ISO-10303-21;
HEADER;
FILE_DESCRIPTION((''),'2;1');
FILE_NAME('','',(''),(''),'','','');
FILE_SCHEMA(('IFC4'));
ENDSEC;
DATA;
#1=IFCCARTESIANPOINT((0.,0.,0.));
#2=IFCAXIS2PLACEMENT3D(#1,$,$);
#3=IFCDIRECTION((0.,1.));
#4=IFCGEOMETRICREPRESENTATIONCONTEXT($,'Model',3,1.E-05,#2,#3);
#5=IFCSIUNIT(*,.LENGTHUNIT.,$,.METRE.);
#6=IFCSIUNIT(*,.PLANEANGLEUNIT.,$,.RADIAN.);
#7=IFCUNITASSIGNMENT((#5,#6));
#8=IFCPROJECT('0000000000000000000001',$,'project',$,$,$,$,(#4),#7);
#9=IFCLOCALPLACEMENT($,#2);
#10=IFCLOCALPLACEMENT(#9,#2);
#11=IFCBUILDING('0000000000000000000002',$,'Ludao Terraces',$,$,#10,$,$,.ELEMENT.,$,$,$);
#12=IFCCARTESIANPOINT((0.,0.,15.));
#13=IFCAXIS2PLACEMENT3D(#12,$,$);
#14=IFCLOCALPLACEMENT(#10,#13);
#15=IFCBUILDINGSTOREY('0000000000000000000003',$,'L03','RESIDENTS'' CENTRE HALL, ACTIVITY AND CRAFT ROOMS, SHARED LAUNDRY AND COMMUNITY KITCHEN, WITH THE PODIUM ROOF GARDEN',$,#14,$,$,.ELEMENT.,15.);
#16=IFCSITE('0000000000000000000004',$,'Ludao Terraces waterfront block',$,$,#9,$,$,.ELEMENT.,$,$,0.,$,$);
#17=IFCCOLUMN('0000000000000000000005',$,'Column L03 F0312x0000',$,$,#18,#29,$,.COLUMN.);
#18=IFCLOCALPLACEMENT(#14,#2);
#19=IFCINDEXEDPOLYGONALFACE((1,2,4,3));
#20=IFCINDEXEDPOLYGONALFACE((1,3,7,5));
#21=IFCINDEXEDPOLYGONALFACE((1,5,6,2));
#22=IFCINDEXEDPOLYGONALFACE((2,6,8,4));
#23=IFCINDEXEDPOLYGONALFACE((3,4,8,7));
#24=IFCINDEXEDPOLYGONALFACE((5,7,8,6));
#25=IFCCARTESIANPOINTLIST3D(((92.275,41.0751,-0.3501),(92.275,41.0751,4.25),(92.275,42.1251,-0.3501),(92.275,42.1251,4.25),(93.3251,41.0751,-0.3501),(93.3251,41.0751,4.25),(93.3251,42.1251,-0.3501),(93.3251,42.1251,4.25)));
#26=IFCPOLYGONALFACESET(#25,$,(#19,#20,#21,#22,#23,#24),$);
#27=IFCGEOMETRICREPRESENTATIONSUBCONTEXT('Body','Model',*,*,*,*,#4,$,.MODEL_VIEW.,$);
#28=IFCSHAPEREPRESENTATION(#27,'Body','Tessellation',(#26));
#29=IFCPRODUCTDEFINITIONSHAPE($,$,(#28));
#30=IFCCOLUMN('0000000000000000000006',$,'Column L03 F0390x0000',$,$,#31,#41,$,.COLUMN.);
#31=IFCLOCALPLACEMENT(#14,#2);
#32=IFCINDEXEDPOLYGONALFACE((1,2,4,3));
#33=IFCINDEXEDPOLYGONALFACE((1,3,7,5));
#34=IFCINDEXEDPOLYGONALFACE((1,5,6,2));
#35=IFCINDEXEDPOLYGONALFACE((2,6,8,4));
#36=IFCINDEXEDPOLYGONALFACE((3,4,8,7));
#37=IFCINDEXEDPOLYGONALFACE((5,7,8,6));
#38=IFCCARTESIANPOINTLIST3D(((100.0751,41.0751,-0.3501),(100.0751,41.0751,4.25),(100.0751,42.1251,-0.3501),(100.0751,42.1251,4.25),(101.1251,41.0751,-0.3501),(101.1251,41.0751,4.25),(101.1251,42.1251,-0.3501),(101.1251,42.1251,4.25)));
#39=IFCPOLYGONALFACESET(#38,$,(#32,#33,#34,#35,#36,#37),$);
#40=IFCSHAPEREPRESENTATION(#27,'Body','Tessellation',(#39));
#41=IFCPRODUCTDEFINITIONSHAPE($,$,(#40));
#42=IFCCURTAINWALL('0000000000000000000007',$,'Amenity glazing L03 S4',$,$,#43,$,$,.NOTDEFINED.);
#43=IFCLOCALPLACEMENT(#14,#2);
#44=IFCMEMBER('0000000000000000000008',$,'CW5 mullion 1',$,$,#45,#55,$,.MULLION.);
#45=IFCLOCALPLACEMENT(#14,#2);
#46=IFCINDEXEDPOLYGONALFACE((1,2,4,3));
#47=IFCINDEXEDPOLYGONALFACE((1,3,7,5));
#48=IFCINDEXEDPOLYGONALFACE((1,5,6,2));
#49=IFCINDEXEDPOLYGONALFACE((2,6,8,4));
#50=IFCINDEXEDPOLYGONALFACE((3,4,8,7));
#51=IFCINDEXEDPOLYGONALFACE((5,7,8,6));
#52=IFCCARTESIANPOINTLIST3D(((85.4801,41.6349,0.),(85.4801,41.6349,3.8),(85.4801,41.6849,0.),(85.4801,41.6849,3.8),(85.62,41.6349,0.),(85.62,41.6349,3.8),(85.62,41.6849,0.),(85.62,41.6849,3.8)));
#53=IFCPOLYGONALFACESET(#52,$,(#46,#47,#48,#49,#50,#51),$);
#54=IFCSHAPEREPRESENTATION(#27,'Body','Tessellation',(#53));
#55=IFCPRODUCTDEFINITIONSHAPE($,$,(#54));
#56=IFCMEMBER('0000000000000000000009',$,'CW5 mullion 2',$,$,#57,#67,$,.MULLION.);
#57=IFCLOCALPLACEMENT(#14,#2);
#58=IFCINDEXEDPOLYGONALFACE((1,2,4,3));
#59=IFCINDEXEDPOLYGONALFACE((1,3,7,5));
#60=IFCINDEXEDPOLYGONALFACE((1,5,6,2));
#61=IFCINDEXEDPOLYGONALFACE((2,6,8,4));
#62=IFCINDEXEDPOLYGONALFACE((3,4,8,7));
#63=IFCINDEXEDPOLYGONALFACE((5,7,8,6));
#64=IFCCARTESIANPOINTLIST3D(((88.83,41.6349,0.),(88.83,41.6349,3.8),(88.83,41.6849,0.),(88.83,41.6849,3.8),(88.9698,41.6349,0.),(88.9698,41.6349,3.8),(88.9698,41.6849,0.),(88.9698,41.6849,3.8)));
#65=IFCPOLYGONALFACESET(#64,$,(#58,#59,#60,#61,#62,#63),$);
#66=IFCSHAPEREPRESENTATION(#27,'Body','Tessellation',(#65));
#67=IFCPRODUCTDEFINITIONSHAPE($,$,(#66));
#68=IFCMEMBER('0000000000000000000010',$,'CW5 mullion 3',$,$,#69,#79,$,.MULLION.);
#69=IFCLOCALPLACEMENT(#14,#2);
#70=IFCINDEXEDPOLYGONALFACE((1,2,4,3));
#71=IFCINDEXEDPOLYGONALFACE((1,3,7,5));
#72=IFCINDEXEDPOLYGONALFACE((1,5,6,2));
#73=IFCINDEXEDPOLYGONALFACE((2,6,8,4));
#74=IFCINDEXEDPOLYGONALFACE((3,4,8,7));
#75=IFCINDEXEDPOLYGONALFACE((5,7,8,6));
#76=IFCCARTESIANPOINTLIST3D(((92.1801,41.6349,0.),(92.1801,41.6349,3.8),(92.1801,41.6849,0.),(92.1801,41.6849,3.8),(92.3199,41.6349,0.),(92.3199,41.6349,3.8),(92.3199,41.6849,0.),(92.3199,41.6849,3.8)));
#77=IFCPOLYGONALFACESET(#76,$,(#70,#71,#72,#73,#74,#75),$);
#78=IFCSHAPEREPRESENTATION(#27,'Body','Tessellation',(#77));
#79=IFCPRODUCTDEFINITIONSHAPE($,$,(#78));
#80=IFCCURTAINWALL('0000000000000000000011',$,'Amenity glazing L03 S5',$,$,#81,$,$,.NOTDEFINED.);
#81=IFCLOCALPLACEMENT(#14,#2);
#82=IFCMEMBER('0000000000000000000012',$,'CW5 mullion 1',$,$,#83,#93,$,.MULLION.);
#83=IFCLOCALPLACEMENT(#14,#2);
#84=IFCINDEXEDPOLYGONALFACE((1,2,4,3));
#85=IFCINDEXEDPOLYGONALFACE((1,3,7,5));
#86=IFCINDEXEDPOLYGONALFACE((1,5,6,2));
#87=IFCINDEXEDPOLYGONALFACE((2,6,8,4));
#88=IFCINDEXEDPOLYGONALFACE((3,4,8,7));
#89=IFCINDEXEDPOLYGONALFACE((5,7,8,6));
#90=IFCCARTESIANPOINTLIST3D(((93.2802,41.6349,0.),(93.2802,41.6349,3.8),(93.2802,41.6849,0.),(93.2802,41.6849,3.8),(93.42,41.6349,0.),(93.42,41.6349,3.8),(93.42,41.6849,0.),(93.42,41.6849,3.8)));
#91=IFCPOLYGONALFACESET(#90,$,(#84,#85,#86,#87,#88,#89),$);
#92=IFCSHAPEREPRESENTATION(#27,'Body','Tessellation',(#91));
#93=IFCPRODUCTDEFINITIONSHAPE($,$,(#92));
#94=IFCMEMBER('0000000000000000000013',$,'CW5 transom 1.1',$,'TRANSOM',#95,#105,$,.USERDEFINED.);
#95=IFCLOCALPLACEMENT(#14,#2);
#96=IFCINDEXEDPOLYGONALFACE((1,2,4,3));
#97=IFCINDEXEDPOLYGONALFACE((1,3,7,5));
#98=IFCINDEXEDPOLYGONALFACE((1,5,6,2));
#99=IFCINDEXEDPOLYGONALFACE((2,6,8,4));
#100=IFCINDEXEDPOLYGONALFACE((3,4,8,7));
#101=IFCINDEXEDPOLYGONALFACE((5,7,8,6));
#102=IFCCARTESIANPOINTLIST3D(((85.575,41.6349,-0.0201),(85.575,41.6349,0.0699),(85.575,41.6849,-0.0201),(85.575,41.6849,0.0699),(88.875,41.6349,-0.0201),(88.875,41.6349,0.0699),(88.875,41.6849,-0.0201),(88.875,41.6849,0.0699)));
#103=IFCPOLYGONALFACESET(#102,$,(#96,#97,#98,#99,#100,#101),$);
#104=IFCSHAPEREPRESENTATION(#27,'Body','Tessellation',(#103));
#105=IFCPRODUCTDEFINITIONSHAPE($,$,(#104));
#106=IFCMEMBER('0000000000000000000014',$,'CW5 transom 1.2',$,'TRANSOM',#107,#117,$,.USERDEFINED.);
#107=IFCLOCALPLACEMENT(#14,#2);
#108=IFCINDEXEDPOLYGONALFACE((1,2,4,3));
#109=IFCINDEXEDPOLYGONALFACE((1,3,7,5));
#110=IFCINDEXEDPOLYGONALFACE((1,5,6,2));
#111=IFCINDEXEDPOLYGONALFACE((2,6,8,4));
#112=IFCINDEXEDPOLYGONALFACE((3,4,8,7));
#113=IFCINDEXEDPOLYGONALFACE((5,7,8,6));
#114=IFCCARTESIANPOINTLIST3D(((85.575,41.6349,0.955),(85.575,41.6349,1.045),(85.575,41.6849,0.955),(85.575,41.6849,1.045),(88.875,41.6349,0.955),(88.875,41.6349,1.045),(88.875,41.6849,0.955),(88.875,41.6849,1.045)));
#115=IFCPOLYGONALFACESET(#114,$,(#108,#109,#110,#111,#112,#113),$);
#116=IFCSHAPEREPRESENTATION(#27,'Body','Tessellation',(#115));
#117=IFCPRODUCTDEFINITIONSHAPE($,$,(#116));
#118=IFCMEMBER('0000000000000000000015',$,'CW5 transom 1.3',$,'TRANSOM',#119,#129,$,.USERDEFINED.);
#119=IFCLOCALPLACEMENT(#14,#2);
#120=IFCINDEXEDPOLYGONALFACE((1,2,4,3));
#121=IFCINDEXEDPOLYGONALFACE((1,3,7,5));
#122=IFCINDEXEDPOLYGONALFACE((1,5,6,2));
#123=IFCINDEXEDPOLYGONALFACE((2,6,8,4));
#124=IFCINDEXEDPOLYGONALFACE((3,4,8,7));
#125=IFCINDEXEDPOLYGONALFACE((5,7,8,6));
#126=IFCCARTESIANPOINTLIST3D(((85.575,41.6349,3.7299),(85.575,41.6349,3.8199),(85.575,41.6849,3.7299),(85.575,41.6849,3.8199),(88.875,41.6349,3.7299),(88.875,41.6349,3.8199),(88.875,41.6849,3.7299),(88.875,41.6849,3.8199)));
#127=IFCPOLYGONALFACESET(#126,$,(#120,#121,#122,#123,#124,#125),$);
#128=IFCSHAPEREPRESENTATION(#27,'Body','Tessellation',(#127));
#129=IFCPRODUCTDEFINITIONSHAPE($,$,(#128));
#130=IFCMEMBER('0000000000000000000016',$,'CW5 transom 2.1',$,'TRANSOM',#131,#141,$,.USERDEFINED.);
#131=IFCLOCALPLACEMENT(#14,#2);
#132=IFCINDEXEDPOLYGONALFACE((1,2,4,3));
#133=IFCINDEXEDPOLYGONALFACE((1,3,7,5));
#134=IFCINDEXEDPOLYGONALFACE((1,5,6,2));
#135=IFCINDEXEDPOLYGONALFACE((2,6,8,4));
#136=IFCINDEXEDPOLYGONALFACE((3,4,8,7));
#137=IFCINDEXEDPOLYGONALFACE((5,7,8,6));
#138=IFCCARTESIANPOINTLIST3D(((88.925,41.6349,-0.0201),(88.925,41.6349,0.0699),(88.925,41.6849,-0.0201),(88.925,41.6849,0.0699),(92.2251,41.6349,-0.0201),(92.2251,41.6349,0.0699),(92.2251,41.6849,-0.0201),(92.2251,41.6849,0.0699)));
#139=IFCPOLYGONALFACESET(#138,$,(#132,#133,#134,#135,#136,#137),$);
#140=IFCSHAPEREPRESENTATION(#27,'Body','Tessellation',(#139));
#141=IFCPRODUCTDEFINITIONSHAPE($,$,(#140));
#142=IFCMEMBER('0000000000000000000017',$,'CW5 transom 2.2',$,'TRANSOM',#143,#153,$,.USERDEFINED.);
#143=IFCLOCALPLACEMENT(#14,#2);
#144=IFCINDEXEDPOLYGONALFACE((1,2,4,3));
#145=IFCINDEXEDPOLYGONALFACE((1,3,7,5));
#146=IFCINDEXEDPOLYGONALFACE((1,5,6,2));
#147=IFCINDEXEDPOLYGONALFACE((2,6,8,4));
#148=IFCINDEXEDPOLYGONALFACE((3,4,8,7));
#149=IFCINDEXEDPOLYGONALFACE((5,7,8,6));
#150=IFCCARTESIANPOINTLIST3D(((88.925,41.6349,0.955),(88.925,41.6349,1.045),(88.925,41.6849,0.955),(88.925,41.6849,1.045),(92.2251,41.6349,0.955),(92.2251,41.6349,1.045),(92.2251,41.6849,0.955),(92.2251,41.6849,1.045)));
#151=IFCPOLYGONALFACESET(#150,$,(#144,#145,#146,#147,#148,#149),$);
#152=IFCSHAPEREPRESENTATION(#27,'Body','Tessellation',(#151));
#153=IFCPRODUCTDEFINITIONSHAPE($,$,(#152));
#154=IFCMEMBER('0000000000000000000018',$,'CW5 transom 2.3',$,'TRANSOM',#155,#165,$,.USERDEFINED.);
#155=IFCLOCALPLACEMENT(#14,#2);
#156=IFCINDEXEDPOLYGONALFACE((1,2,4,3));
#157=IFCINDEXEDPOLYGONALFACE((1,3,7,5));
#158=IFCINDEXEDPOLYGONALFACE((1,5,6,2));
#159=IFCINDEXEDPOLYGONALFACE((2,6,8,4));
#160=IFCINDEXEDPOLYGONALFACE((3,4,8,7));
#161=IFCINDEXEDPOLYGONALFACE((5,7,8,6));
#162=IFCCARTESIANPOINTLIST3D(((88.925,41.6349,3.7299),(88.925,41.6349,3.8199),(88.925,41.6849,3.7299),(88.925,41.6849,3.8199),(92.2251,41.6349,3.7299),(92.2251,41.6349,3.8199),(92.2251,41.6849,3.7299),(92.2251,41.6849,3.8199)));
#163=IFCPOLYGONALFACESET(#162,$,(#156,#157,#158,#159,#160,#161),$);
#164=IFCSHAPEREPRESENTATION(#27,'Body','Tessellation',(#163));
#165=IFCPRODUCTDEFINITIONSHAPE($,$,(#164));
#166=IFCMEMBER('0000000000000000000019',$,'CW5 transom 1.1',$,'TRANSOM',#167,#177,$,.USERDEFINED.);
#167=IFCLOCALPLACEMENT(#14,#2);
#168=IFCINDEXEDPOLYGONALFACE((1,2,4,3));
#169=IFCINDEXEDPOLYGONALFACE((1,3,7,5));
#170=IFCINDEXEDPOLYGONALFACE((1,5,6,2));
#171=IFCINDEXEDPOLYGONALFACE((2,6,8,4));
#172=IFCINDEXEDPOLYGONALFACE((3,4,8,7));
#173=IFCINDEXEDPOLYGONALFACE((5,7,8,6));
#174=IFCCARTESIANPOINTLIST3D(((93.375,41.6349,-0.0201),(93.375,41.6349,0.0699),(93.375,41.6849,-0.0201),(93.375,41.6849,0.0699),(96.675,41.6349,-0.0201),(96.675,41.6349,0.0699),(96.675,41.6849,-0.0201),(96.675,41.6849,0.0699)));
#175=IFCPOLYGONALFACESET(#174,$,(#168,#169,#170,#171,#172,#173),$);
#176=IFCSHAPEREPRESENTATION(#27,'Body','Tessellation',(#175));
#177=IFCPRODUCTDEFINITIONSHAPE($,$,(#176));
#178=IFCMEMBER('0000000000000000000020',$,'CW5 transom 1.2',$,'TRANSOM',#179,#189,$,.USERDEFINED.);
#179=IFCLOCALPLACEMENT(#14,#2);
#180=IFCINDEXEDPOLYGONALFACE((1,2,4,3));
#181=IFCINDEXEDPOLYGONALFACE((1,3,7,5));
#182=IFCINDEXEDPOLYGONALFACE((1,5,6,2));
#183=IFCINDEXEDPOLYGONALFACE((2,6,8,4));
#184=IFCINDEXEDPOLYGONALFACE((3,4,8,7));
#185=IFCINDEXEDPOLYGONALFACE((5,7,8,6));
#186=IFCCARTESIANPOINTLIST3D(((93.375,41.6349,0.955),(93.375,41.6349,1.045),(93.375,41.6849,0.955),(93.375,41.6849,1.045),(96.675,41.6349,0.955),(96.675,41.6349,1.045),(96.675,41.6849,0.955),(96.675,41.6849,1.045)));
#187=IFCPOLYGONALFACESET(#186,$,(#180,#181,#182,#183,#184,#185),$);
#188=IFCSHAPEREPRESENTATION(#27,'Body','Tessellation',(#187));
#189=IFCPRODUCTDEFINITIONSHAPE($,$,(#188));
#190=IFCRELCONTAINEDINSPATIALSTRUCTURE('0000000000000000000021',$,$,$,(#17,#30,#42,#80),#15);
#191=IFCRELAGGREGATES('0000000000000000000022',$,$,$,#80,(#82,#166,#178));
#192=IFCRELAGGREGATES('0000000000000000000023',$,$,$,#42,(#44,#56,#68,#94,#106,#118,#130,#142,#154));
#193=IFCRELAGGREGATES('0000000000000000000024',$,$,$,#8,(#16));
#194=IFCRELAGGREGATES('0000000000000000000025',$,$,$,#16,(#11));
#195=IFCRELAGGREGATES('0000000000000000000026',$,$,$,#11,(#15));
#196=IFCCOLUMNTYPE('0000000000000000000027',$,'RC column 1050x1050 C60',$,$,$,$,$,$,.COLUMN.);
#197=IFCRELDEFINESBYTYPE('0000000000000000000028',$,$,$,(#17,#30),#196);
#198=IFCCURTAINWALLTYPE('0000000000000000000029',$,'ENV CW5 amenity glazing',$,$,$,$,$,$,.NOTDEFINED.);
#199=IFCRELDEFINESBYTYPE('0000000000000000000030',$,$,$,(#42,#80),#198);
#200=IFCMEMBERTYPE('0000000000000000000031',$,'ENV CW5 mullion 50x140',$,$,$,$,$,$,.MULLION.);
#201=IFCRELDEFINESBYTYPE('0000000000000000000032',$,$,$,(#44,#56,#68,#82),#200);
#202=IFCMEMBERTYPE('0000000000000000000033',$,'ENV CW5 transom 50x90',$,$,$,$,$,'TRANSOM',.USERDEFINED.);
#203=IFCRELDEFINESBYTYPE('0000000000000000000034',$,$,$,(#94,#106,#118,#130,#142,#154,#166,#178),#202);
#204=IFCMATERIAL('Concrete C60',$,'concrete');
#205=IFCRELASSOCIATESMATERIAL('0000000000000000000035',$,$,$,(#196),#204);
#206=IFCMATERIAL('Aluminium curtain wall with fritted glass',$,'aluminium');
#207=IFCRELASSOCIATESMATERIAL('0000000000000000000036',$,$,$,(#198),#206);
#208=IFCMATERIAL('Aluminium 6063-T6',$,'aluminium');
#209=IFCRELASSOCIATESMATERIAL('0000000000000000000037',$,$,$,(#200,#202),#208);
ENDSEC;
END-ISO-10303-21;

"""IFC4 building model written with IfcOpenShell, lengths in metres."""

from ifc_helpers import new_model, si_unit, direction, frame, origin, origin_2d, place, context, subcontext, project, spatial, rectangle, extrude, material, material_profile, profile_set, type_object, element, aggregate, save


model = new_model("IFC4")

# Units and contexts
model_context = context("Model", 3, precision=1e-05, world=origin(), true_north=direction((0.0, 1.0)))
body_context = subcontext(model_context, "Body", "Model", "MODEL_VIEW")
ifc_project = project(units=[si_unit("LENGTHUNIT", "METRE"), si_unit("PLANEANGLEUNIT", "RADIAN")], contexts=[model_context])

# Site, building, storey
site_placement = place(None, origin())
site = spatial("IfcSite", under=ifc_project, at=site_placement, Name="Ludao Terraces waterfront block", CompositionType="ELEMENT", RefElevation=0.0)
building_placement = place(site_placement, origin())
building = spatial("IfcBuilding", under=site, at=building_placement, Name="Ludao Terraces", CompositionType="ELEMENT")
storey_placement = place(building_placement, frame((0.0, 0.0, 15.0)))
storey = spatial("IfcBuildingStorey", under=building, at=storey_placement, Name="L03", Description="RESIDENTS' CENTRE HALL, ACTIVITY AND CRAFT ROOMS, SHARED LAUNDRY AND COMMUNITY KITCHEN, WITH THE PODIUM ROOF GARDEN", CompositionType="ELEMENT", Elevation=15.0)

# Columns
ifc_material_1 = material(Name="Concrete C60", Category="concrete")
ifc_material_profile_1 = material_profile(ifc_material_1, rectangle(XDim=1.05, YDim=1.05, at=origin_2d()), Name="1050 X 1050")
ifc_profile_set_1 = profile_set([ifc_material_profile_1], Name="Concrete C60")
column_type = type_object("IfcColumnType", Name="RC column 1050x1050 C60", PredefinedType="COLUMN", material=ifc_profile_set_1)
for number, where, z_axis, x_axis, name in (
    (1, (92.8, 41.6001, -0.3501), (0.0, 0.0, 1.0), (1.0, 0.0, 0.0), "Column L03 F0312x0000"),
    (2, (100.6001, 41.6001, -0.3501), (0.0, 0.0, 1.0), (1.0, 0.0, 0.0), "Column L03 F0390x0000"),
):
    element("IfcColumn", number, at=place(storey_placement, frame(where, z_axis=z_axis, x_axis=x_axis)), inside=storey, type_object=column_type, Name=name, PredefinedType="COLUMN", context=body_context, shape_type="SweptSolid", body=[
        extrude(rectangle(XDim=1.05, YDim=1.05, at=origin_2d()), origin(), (0.0, 0.0, 1.0), 4.6001),
    ])

# Curtain wall, members
ifc_material_2 = material(Name="Aluminium curtain wall with fritted glass", Category="aluminium")
curtain_wall_type = type_object("IfcCurtainWallType", Name="ENV CW5 amenity glazing", PredefinedType="NOTDEFINED", material=ifc_material_2)
curtain_wall_1_placement = place(storey_placement, origin())
curtain_wall_1 = element("IfcCurtainWall", 3, at=curtain_wall_1_placement, inside=storey, type_object=curtain_wall_type, Name="Amenity glazing L03 S4", PredefinedType="NOTDEFINED")
ifc_material_3 = material(Name="Aluminium 6063-T6", Category="aluminium")
ifc_material_profile_2 = material_profile(ifc_material_3, rectangle(XDim=0.05, YDim=0.1399, at=origin_2d()), Name="50 X 140")
ifc_profile_set_2 = profile_set([ifc_material_profile_2], Name="Aluminium 6063-T6")
member_type_1 = type_object("IfcMemberType", Name="ENV CW5 mullion 50x140", PredefinedType="MULLION", material=ifc_profile_set_2)
member_1_placement = place(storey_placement, frame((85.55, 41.6599, 0.0), z_axis=(0.0, 0.0, 1.0), x_axis=(0.0, 1.0, 0.0)))
member_1 = element("IfcMember", 4, at=member_1_placement, type_object=member_type_1, Name="CW5 mullion 1", PredefinedType="MULLION", context=body_context, shape_type="SweptSolid", body=[
    extrude(rectangle(XDim=0.05, YDim=0.1399, at=origin_2d()), origin(), (0.0, 0.0, 1.0), 3.8),
])
member_2_placement = place(storey_placement, frame((88.8999, 41.6599, 0.0), z_axis=(0.0, 0.0, 1.0), x_axis=(0.0, 1.0, 0.0)))
member_2 = element("IfcMember", 5, at=member_2_placement, type_object=member_type_1, Name="CW5 mullion 2", PredefinedType="MULLION", context=body_context, shape_type="SweptSolid", body=[
    extrude(rectangle(XDim=0.05, YDim=0.1399, at=origin_2d()), origin(), (0.0, 0.0, 1.0), 3.8),
])
member_3_placement = place(storey_placement, frame((92.25, 41.6599, 0.0), z_axis=(0.0, 0.0, 1.0), x_axis=(0.0, 1.0, 0.0)))
member_3 = element("IfcMember", 6, at=member_3_placement, type_object=member_type_1, Name="CW5 mullion 3", PredefinedType="MULLION", context=body_context, shape_type="SweptSolid", body=[
    extrude(rectangle(XDim=0.05, YDim=0.1399, at=origin_2d()), origin(), (0.0, 0.0, 1.0), 3.8),
])

# Curtain wall, member
curtain_wall_2_placement = place(storey_placement, origin())
curtain_wall_2 = element("IfcCurtainWall", 7, at=curtain_wall_2_placement, inside=storey, type_object=curtain_wall_type, Name="Amenity glazing L03 S5", PredefinedType="NOTDEFINED")
member_4_placement = place(storey_placement, frame((93.3501, 41.6599, 0.0), z_axis=(0.0, 0.0, 1.0), x_axis=(0.0, 1.0, 0.0)))
member_4 = element("IfcMember", 8, at=member_4_placement, type_object=member_type_1, Name="CW5 mullion 1", PredefinedType="MULLION", context=body_context, shape_type="SweptSolid", body=[
    extrude(rectangle(XDim=0.05, YDim=0.1399, at=origin_2d()), origin(), (0.0, 0.0, 1.0), 3.8),
])

# Members
ifc_material_profile_3 = material_profile(ifc_material_3, rectangle(XDim=0.05, YDim=0.0901, at=origin_2d()), Name="50 X 90")
ifc_profile_set_3 = profile_set([ifc_material_profile_3], Name="Aluminium 6063-T6")
member_type_2 = type_object("IfcMemberType", Name="ENV CW5 transom 50x90", ElementType="TRANSOM", PredefinedType="USERDEFINED", material=ifc_profile_set_3)
member_5_placement = place(storey_placement, frame((85.575, 41.6599, 0.0249), z_axis=(1.0, 0.0, 0.0), x_axis=(0.0, 1.0, 0.0)))
member_5 = element("IfcMember", 9, at=member_5_placement, type_object=member_type_2, Name="CW5 transom 1.1", ObjectType="TRANSOM", PredefinedType="USERDEFINED", context=body_context, shape_type="SweptSolid", body=[
    extrude(rectangle(XDim=0.05, YDim=0.0901, at=origin_2d()), origin(), (0.0, 0.0, 1.0), 3.3),
])
member_6_placement = place(storey_placement, frame((85.575, 41.6599, 1.0), z_axis=(1.0, 0.0, 0.0), x_axis=(0.0, 1.0, 0.0)))
member_6 = element("IfcMember", 10, at=member_6_placement, type_object=member_type_2, Name="CW5 transom 1.2", ObjectType="TRANSOM", PredefinedType="USERDEFINED", context=body_context, shape_type="SweptSolid", body=[
    extrude(rectangle(XDim=0.05, YDim=0.0901, at=origin_2d()), origin(), (0.0, 0.0, 1.0), 3.3),
])
member_7_placement = place(storey_placement, frame((85.575, 41.6599, 3.7749), z_axis=(1.0, 0.0, 0.0), x_axis=(0.0, 1.0, 0.0)))
member_7 = element("IfcMember", 11, at=member_7_placement, type_object=member_type_2, Name="CW5 transom 1.3", ObjectType="TRANSOM", PredefinedType="USERDEFINED", context=body_context, shape_type="SweptSolid", body=[
    extrude(rectangle(XDim=0.05, YDim=0.0901, at=origin_2d()), origin(), (0.0, 0.0, 1.0), 3.3),
])
member_8_placement = place(storey_placement, frame((88.925, 41.6599, 0.0249), z_axis=(1.0, 0.0, 0.0), x_axis=(0.0, 1.0, 0.0)))
member_8 = element("IfcMember", 12, at=member_8_placement, type_object=member_type_2, Name="CW5 transom 2.1", ObjectType="TRANSOM", PredefinedType="USERDEFINED", context=body_context, shape_type="SweptSolid", body=[
    extrude(rectangle(XDim=0.05, YDim=0.0901, at=origin_2d()), origin(), (0.0, 0.0, 1.0), 3.3),
])
member_9_placement = place(storey_placement, frame((88.925, 41.6599, 1.0), z_axis=(1.0, 0.0, 0.0), x_axis=(0.0, 1.0, 0.0)))
member_9 = element("IfcMember", 13, at=member_9_placement, type_object=member_type_2, Name="CW5 transom 2.2", ObjectType="TRANSOM", PredefinedType="USERDEFINED", context=body_context, shape_type="SweptSolid", body=[
    extrude(rectangle(XDim=0.05, YDim=0.0901, at=origin_2d()), origin(), (0.0, 0.0, 1.0), 3.3),
])
member_10_placement = place(storey_placement, frame((88.925, 41.6599, 3.7749), z_axis=(1.0, 0.0, 0.0), x_axis=(0.0, 1.0, 0.0)))
member_10 = element("IfcMember", 14, at=member_10_placement, type_object=member_type_2, Name="CW5 transom 2.3", ObjectType="TRANSOM", PredefinedType="USERDEFINED", context=body_context, shape_type="SweptSolid", body=[
    extrude(rectangle(XDim=0.05, YDim=0.0901, at=origin_2d()), origin(), (0.0, 0.0, 1.0), 3.3),
])
member_11_placement = place(storey_placement, frame((93.375, 41.6599, 0.0249), z_axis=(1.0, 0.0, 0.0), x_axis=(0.0, 1.0, 0.0)))
member_11 = element("IfcMember", 15, at=member_11_placement, type_object=member_type_2, Name="CW5 transom 1.1", ObjectType="TRANSOM", PredefinedType="USERDEFINED", context=body_context, shape_type="SweptSolid", body=[
    extrude(rectangle(XDim=0.05, YDim=0.0901, at=origin_2d()), origin(), (0.0, 0.0, 1.0), 3.3),
])
member_12_placement = place(storey_placement, frame((93.375, 41.6599, 1.0), z_axis=(1.0, 0.0, 0.0), x_axis=(0.0, 1.0, 0.0)))
member_12 = element("IfcMember", 16, at=member_12_placement, type_object=member_type_2, Name="CW5 transom 1.2", ObjectType="TRANSOM", PredefinedType="USERDEFINED", context=body_context, shape_type="SweptSolid", body=[
    extrude(rectangle(XDim=0.05, YDim=0.0901, at=origin_2d()), origin(), (0.0, 0.0, 1.0), 3.3),
])
aggregate(curtain_wall_2, [member_4, member_11, member_12])

aggregate(curtain_wall_1, [member_1, member_2, member_3, member_5, member_6, member_7, member_8, member_9, member_10])

save(model, "model.ifc")
